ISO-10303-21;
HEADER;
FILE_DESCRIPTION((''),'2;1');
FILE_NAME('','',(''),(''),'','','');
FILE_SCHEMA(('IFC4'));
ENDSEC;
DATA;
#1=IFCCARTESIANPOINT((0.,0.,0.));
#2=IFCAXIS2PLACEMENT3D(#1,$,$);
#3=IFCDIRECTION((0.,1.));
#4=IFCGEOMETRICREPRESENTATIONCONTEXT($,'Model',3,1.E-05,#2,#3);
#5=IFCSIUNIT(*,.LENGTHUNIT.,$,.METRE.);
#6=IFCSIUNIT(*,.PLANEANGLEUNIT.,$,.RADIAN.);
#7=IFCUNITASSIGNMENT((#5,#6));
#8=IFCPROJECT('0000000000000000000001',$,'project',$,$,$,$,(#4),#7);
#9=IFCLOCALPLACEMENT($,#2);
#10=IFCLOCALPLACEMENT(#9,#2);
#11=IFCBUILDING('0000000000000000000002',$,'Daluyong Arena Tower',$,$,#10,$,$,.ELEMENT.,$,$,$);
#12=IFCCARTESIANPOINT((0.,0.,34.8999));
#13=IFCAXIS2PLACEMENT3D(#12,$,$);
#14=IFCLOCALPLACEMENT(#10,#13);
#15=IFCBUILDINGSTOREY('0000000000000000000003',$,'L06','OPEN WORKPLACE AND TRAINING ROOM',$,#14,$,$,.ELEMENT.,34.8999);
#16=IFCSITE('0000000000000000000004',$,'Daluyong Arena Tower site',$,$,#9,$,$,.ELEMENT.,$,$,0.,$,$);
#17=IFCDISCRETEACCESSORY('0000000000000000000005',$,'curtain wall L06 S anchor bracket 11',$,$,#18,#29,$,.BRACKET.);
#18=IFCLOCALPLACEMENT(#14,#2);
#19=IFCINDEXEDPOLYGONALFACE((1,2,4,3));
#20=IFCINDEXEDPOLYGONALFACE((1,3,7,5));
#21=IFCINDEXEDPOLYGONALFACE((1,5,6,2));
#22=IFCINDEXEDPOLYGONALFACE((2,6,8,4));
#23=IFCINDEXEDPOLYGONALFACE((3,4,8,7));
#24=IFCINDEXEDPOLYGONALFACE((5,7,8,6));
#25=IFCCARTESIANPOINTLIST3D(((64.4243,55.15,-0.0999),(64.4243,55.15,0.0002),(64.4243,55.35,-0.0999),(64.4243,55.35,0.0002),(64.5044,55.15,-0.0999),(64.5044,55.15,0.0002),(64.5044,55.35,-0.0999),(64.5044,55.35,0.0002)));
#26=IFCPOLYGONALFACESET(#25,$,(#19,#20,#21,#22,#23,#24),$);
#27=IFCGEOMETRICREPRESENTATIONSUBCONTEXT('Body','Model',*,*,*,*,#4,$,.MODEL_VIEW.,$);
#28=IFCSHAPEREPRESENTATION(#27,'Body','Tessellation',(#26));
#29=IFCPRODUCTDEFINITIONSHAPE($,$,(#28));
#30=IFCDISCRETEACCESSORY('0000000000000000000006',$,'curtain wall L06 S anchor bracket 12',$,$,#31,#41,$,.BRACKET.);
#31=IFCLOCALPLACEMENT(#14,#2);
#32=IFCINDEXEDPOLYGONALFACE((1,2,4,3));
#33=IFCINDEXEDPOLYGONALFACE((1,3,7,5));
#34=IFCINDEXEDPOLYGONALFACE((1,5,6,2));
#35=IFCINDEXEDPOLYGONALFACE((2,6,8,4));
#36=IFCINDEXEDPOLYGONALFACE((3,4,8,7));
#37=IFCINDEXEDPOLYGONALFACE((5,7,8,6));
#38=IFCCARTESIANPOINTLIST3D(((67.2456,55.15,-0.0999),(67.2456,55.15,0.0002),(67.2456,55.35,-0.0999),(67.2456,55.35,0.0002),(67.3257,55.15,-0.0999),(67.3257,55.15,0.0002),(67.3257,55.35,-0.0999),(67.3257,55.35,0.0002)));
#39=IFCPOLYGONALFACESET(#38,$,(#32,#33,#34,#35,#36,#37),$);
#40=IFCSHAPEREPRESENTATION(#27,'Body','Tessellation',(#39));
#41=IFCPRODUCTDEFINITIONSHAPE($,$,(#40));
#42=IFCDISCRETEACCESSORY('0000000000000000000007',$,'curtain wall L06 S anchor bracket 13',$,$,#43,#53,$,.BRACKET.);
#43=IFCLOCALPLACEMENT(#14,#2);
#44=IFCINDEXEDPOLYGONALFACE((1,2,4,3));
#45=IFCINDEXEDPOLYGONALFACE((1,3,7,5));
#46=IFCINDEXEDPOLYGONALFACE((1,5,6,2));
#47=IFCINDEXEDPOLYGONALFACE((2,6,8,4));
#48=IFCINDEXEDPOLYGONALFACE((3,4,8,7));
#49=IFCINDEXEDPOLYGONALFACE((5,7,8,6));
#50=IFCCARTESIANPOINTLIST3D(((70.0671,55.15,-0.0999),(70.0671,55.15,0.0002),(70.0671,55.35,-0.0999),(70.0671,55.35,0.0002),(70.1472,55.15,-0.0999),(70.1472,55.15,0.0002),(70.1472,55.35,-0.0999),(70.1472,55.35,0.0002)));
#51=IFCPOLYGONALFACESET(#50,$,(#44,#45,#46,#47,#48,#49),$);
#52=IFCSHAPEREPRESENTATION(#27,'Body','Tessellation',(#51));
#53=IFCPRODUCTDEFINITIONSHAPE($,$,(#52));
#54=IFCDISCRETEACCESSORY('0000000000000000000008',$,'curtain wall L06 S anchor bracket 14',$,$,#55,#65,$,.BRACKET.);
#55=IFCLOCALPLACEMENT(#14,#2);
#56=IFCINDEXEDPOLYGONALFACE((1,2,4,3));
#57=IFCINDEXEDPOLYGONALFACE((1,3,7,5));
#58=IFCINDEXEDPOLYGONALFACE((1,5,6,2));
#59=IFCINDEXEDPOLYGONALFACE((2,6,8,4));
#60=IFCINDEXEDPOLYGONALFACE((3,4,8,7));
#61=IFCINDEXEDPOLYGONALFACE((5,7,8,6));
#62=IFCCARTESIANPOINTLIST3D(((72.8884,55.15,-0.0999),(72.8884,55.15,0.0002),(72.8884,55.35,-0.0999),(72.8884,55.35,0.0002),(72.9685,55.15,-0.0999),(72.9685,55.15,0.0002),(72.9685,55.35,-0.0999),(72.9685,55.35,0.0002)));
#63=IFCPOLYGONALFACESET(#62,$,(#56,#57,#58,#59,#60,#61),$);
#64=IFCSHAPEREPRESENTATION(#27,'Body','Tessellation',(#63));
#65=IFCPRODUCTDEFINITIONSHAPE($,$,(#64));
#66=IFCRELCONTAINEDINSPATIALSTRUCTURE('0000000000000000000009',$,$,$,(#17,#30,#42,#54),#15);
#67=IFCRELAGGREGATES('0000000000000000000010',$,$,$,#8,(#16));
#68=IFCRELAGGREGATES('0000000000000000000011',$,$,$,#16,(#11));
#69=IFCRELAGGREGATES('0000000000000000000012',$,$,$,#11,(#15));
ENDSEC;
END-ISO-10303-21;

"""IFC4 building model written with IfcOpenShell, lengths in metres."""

from ifc_helpers import new_model, si_unit, direction, frame, origin, origin_2d, place, context, subcontext, project, spatial, rectangle, extrude, element, save


model = new_model("IFC4")

# Units and contexts
model_context = context("Model", 3, precision=1e-05, world=origin(), true_north=direction((0.0, 1.0)))
body_context = subcontext(model_context, "Body", "Model", "MODEL_VIEW")
ifc_project = project(units=[si_unit("LENGTHUNIT", "METRE"), si_unit("PLANEANGLEUNIT", "RADIAN")], contexts=[model_context])

# Site, building, storey
site_placement = place(None, origin())
site = spatial("IfcSite", under=ifc_project, at=site_placement, Name="Daluyong Arena Tower site", CompositionType="ELEMENT", RefElevation=0.0)
building_placement = place(site_placement, origin())
building = spatial("IfcBuilding", under=site, at=building_placement, Name="Daluyong Arena Tower", CompositionType="ELEMENT")
storey_placement = place(building_placement, frame((0.0, 0.0, 34.8999)))
storey = spatial("IfcBuildingStorey", under=building, at=storey_placement, Name="L06", Description="OPEN WORKPLACE AND TRAINING ROOM", CompositionType="ELEMENT", Elevation=34.8999)

# Discrete accessories
for number, where, z_axis, x_axis, name in (
    (1, (64.4644, 55.25, -0.0999), (0.0, 0.0, 1.0), (1.0, 0.0, 0.0), "curtain wall L06 S anchor bracket 11"),
    (2, (67.2856, 55.25, -0.0999), (0.0, 0.0, 1.0), (1.0, 0.0, 0.0), "curtain wall L06 S anchor bracket 12"),
    (3, (70.1072, 55.25, -0.0999), (0.0, 0.0, 1.0), (1.0, 0.0, 0.0), "curtain wall L06 S anchor bracket 13"),
    (4, (72.9285, 55.25, -0.0999), (0.0, 0.0, 1.0), (1.0, 0.0, 0.0), "curtain wall L06 S anchor bracket 14"),
):
    element("IfcDiscreteAccessory", number, at=place(storey_placement, frame(where, z_axis=z_axis, x_axis=x_axis)), inside=storey, Name=name, PredefinedType="BRACKET", context=body_context, shape_type="SweptSolid", body=[
        extrude(rectangle(XDim=0.0801, YDim=0.2, at=origin_2d()), origin(), (0.0, 0.0, 1.0), 0.1001),
    ])

save(model, "model.ifc")
